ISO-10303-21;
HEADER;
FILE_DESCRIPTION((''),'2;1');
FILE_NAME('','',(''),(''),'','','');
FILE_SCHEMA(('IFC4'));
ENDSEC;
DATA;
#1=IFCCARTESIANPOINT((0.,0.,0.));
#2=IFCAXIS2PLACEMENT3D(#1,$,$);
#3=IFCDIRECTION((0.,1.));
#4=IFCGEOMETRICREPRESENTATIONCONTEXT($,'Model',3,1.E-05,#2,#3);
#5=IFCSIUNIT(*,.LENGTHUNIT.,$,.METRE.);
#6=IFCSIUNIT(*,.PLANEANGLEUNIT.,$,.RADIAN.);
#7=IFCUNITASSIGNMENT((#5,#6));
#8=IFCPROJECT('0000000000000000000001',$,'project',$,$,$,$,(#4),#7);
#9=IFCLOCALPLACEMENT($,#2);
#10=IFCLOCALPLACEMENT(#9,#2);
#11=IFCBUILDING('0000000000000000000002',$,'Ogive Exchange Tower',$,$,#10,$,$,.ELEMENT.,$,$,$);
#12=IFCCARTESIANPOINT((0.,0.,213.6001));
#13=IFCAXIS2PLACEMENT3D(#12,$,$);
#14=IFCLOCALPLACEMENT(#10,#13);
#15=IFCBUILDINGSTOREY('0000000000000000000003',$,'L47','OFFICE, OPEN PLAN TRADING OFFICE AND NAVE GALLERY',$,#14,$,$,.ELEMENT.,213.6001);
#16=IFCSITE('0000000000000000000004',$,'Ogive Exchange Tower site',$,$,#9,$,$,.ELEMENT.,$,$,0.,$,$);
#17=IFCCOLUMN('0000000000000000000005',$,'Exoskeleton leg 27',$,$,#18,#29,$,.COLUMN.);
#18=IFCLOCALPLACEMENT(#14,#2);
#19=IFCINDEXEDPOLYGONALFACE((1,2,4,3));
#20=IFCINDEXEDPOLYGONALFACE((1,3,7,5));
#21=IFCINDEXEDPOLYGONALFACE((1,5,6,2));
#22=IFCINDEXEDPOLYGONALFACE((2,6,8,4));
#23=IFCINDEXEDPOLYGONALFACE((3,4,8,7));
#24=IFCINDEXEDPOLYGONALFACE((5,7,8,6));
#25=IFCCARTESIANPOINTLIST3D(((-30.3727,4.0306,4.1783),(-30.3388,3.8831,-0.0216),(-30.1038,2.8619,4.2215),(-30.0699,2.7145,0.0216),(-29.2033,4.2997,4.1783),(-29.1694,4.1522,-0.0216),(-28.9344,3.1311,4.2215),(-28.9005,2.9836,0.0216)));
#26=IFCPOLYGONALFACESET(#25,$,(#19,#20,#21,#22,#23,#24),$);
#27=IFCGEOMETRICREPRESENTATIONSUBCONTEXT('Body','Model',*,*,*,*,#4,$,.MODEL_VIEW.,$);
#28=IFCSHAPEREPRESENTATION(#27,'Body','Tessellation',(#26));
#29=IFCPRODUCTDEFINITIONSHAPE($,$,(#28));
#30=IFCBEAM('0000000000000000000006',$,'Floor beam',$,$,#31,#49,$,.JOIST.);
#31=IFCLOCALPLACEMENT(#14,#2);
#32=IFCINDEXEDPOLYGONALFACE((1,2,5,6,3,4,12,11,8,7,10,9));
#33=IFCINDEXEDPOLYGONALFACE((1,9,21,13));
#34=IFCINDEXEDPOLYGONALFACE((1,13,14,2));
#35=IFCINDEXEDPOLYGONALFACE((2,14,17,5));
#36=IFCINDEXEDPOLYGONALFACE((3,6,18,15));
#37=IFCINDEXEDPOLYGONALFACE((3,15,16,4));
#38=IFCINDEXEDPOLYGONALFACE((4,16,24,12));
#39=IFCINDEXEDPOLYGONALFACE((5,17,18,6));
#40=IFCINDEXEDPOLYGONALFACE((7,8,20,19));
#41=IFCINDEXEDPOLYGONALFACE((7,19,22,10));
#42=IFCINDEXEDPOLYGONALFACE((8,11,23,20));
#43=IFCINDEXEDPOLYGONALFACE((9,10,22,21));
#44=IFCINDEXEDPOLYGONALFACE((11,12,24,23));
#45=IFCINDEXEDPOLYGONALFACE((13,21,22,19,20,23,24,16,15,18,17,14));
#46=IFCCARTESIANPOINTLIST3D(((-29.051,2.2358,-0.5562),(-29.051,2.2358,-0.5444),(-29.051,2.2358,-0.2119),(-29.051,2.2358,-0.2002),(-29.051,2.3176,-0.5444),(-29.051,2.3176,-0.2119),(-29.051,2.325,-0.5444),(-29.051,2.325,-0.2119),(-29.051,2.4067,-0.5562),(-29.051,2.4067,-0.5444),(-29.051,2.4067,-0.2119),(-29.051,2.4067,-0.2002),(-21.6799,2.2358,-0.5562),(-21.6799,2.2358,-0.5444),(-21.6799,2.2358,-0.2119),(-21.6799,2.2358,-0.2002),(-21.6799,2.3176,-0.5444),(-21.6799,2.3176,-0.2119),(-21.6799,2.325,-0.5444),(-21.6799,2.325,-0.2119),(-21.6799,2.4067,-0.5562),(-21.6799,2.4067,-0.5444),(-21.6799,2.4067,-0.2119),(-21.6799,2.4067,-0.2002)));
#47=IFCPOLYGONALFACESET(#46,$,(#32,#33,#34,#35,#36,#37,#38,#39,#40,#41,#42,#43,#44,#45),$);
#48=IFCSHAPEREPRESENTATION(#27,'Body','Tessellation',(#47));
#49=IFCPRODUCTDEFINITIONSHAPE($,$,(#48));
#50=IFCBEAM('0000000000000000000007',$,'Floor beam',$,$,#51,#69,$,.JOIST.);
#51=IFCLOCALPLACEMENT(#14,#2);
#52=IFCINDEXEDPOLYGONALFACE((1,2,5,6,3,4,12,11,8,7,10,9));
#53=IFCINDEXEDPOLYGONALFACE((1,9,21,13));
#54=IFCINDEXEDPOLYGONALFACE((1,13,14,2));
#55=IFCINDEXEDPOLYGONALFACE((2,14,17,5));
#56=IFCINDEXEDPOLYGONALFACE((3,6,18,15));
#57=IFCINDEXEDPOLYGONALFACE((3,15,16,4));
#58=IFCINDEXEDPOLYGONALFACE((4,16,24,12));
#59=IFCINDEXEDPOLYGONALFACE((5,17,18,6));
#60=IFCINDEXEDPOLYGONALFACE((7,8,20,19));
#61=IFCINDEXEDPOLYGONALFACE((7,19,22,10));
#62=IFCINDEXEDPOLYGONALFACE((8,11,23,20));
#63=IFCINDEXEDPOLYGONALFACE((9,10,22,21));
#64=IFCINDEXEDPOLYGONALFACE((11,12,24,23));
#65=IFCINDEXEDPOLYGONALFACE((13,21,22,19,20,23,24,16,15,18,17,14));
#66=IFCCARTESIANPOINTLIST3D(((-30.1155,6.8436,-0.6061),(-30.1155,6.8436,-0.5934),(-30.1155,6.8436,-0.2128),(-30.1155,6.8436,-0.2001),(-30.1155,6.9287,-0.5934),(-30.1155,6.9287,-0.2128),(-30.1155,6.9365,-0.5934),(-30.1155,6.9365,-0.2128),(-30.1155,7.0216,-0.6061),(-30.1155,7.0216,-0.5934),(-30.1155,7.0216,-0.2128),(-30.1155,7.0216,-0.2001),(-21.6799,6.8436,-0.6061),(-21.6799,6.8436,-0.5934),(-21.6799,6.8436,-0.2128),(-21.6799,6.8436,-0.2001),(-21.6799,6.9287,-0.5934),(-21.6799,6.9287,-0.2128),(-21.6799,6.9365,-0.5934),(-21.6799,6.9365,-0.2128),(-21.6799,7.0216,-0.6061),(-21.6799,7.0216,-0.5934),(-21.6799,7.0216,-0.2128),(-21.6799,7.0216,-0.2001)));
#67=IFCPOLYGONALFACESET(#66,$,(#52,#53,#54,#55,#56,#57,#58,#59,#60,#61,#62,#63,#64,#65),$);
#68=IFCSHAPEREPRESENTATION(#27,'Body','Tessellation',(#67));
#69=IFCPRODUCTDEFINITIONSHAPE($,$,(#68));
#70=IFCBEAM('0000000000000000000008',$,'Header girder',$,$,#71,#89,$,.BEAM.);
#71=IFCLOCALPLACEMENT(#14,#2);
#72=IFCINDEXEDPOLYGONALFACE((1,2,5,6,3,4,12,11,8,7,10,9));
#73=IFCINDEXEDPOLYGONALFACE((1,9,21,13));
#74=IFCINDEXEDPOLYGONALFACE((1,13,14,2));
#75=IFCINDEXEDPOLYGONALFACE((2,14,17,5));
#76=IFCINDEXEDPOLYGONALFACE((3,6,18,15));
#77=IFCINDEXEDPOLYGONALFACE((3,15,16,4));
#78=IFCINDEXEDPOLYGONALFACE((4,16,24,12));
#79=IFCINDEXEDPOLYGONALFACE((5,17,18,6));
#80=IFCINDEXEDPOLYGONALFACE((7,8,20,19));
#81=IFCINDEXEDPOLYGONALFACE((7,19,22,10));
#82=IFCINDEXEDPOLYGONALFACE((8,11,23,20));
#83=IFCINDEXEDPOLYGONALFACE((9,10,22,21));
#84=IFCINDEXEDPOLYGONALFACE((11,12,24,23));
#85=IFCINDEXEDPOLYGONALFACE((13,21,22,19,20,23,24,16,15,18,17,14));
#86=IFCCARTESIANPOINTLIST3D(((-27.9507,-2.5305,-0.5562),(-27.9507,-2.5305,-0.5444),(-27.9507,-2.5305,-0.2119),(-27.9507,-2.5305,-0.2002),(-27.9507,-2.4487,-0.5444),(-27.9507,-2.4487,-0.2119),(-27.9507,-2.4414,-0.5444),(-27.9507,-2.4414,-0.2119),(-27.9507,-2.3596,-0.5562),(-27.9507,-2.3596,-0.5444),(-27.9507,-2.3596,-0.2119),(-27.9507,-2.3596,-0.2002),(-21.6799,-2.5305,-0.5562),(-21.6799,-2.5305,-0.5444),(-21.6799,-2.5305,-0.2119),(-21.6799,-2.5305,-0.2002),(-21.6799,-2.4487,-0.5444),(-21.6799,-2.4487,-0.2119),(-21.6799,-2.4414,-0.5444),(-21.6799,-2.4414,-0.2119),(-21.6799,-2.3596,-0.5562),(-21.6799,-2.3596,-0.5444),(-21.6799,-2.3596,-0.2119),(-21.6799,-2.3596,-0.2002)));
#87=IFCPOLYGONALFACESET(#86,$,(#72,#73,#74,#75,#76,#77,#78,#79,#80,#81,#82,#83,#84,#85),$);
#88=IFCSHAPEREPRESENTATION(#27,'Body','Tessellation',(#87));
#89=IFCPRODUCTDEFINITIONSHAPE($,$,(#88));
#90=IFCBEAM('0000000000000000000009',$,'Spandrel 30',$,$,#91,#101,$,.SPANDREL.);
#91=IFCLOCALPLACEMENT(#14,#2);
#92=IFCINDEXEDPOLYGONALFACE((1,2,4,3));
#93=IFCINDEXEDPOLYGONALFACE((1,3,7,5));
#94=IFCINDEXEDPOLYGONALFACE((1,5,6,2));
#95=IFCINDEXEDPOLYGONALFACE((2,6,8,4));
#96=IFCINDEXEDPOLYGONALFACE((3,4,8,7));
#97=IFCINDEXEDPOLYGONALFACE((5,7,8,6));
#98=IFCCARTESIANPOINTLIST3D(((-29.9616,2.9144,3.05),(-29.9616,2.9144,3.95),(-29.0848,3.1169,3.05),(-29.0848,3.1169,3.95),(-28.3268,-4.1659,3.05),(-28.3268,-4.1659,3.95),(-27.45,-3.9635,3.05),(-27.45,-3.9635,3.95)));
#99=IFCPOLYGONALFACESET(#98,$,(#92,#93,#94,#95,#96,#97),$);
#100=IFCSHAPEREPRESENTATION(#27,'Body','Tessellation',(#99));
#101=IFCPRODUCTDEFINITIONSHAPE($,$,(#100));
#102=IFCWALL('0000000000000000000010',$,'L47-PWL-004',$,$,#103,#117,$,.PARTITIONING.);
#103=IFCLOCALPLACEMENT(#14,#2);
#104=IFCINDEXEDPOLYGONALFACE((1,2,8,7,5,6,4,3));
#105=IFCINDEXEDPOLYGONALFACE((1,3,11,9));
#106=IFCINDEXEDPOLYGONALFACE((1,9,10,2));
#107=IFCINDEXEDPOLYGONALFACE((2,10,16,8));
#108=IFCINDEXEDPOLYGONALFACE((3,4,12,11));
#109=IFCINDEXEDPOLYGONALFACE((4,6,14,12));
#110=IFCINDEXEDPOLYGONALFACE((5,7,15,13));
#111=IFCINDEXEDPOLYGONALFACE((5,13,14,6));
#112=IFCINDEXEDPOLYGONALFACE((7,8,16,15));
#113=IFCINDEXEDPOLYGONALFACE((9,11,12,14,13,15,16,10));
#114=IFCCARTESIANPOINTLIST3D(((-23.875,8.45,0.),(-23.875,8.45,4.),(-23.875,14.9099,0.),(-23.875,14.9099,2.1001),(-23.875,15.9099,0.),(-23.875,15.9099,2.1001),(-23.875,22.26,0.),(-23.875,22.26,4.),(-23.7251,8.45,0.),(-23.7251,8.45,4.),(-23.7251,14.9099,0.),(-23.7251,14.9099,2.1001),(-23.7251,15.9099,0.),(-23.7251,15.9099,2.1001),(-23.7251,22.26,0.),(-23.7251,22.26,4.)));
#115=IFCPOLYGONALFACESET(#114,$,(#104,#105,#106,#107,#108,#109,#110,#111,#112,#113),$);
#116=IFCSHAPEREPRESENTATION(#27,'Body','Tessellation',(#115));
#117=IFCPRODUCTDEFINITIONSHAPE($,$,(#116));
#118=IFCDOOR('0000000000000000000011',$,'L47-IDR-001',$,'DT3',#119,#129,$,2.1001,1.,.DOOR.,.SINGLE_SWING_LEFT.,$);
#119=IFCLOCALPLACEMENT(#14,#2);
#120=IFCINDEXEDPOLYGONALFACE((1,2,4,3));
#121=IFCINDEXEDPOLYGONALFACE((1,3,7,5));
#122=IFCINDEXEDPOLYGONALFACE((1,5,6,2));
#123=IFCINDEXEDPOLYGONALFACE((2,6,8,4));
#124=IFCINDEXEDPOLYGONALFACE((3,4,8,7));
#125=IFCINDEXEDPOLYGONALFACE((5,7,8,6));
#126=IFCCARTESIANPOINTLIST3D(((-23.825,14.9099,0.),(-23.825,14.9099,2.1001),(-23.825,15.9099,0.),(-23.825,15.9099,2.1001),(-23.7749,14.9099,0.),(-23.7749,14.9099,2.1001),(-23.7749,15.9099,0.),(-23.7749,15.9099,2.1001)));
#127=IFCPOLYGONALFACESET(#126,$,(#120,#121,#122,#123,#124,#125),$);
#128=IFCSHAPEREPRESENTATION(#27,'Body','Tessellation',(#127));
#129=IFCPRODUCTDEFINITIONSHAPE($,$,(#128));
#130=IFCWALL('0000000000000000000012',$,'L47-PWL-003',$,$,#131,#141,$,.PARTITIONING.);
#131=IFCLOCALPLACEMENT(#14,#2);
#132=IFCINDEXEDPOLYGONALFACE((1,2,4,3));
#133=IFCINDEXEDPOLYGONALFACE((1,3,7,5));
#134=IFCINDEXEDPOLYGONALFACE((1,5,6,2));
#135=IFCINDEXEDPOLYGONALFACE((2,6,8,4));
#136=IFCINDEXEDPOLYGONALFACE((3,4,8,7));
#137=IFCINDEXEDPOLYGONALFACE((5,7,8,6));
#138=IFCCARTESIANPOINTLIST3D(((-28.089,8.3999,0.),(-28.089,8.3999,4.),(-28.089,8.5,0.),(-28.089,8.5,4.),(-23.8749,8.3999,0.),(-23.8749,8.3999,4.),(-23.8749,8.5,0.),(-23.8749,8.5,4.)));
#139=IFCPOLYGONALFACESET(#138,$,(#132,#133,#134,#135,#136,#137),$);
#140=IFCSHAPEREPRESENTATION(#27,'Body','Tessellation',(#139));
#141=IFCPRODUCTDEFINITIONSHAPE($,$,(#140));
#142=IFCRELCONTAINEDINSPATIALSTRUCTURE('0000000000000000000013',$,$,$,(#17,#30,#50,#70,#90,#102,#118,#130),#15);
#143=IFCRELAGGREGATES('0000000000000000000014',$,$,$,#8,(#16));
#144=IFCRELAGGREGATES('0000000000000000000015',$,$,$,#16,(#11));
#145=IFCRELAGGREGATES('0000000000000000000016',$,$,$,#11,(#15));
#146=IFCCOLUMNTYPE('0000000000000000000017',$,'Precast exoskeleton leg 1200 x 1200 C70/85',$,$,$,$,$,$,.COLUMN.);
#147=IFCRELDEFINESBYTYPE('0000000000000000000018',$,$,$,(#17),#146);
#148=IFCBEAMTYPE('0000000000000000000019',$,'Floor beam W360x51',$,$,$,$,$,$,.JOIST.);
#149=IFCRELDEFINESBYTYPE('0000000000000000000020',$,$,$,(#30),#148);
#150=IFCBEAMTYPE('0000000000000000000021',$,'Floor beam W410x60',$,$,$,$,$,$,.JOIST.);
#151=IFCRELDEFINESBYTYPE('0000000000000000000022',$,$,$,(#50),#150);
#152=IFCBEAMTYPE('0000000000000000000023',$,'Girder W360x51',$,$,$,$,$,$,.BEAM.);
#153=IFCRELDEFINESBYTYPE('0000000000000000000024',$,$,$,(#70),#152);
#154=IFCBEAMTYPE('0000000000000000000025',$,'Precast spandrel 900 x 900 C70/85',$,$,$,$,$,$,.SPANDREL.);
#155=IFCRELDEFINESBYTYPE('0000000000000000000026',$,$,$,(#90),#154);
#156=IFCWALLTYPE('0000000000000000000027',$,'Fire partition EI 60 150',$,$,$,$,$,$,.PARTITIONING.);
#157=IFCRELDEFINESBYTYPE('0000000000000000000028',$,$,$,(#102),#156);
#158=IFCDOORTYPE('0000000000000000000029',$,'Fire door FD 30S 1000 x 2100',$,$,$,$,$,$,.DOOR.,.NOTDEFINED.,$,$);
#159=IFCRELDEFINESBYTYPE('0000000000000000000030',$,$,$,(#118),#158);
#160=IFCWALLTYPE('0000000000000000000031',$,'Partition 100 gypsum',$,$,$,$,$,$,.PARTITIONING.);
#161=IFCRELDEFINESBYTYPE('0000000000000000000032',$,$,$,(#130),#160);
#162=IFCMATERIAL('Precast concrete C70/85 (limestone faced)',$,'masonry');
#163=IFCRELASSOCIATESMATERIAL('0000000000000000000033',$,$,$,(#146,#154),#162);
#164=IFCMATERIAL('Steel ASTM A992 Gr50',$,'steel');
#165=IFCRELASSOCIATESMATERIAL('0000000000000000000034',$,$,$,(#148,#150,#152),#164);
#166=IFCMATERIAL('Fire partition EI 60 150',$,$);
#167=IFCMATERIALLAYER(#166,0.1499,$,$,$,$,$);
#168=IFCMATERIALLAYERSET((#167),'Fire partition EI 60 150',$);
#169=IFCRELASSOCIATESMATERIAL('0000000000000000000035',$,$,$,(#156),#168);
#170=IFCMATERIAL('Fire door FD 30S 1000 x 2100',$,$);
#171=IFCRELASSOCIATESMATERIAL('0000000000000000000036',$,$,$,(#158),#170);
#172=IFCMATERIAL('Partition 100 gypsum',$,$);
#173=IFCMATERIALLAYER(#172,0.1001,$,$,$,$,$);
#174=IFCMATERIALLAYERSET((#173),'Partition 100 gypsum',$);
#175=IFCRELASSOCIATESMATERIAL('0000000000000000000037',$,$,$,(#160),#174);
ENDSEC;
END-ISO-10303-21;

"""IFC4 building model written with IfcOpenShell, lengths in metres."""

from ifc_helpers import new_model, si_unit, direction, frame, frame_2d, origin, origin_2d, place, context, subcontext, project, spatial, rectangle, i_section, extrude, material, layer, layer_set, material_profile, profile_set, type_object, element, fill, save


model = new_model("IFC4")

# Units and contexts
model_context = context("Model", 3, precision=1e-05, world=origin(), true_north=direction((0.0, 1.0)))
body_context = subcontext(model_context, "Body", "Model", "MODEL_VIEW")
ifc_project = project(units=[si_unit("LENGTHUNIT", "METRE"), si_unit("PLANEANGLEUNIT", "RADIAN")], contexts=[model_context])

# Site, building, storey
site_placement = place(None, origin())
site = spatial("IfcSite", under=ifc_project, at=site_placement, Name="Ogive Exchange Tower site", CompositionType="ELEMENT", RefElevation=0.0)
building_placement = place(site_placement, origin())
building = spatial("IfcBuilding", under=site, at=building_placement, Name="Ogive Exchange Tower", CompositionType="ELEMENT")
storey_placement = place(building_placement, frame((0.0, 0.0, 213.6001)))
storey = spatial("IfcBuildingStorey", under=building, at=storey_placement, Name="L47", Description="OFFICE, OPEN PLAN TRADING OFFICE AND NAVE GALLERY", CompositionType="ELEMENT", Elevation=213.6001)

# Column
ifc_material_1 = material(Name="Precast concrete C70/85 (limestone faced)", Category="masonry")
ifc_material_profile_1 = material_profile(ifc_material_1, rectangle(XDim=1.2, YDim=1.2, at=origin_2d()), Name="1200 x 1200")
ifc_profile_set_1 = profile_set([ifc_material_profile_1], Name="Precast concrete C70/85 (limestone faced)")
column_type = type_object("IfcColumnType", Name="Precast exoskeleton leg 1200 x 1200 C70/85", PredefinedType="COLUMN", material=ifc_profile_set_1)
column_placement = place(storey_placement, frame((-29.6196, 3.4333, 0.0), z_axis=(-0.008075, 0.035087, 0.999352), x_axis=(-0.974527, -0.22427, 0.0)))
element("IfcColumn", 1, at=column_placement, inside=storey, type_object=column_type, Name="Exoskeleton leg 27", PredefinedType="COLUMN", context=body_context, shape_type="SweptSolid", body=[
    extrude(rectangle(XDim=1.2, YDim=1.2, at=origin_2d()), origin(), (0.0, 0.0, 1.0), 4.2026),
])

# Beams
ifc_material_2 = material(Name="Steel ASTM A992 Gr50", Category="steel")
ifc_material_profile_2 = material_profile(ifc_material_2, i_section(OverallWidth=0.1709, OverallDepth=0.356, WebThickness=0.0073, FlangeThickness=0.0117, at=origin_2d()), Name="W360x51")
ifc_profile_set_2 = profile_set([ifc_material_profile_2], Name="Steel ASTM A992 Gr50")
beam_type_1 = type_object("IfcBeamType", Name="Floor beam W360x51", PredefinedType="JOIST", material=ifc_profile_set_2)
beam_1_placement = place(storey_placement, frame((-29.051, 2.3213, -0.3782), z_axis=(1.0, 0.0, 0.0), x_axis=(0.0, 1.0, 0.0)))
element("IfcBeam", 2, at=beam_1_placement, inside=storey, type_object=beam_type_1, Name="Floor beam", PredefinedType="JOIST", context=body_context, shape_type="SweptSolid", body=[
    extrude(i_section(OverallWidth=0.1709, OverallDepth=0.356, WebThickness=0.0073, FlangeThickness=0.0117, at=origin_2d()), origin(), (0.0, 0.0, 1.0), 7.3711),
])
ifc_material_profile_3 = material_profile(ifc_material_2, i_section(OverallWidth=0.178, OverallDepth=0.406, WebThickness=0.0078, FlangeThickness=0.0127, at=origin_2d()), Name="W410x60")
ifc_profile_set_3 = profile_set([ifc_material_profile_3], Name="Steel ASTM A992 Gr50")
beam_type_2 = type_object("IfcBeamType", Name="Floor beam W410x60", PredefinedType="JOIST", material=ifc_profile_set_3)
beam_2_placement = place(storey_placement, frame((-30.1155, 6.9326, -0.4031), z_axis=(1.0, 0.0, 0.0), x_axis=(0.0, 1.0, 0.0)))
element("IfcBeam", 3, at=beam_2_placement, inside=storey, type_object=beam_type_2, Name="Floor beam", PredefinedType="JOIST", context=body_context, shape_type="SweptSolid", body=[
    extrude(i_section(OverallWidth=0.178, OverallDepth=0.406, WebThickness=0.0078, FlangeThickness=0.0127, at=origin_2d()), origin(), (0.0, 0.0, 1.0), 8.4355),
])
ifc_material_profile_4 = material_profile(ifc_material_2, i_section(OverallWidth=0.1709, OverallDepth=0.356, WebThickness=0.0073, FlangeThickness=0.0117, at=origin_2d()), Name="W360x51")
ifc_profile_set_4 = profile_set([ifc_material_profile_4], Name="Steel ASTM A992 Gr50")
beam_type_3 = type_object("IfcBeamType", Name="Girder W360x51", PredefinedType="BEAM", material=ifc_profile_set_4)
beam_3_placement = place(storey_placement, frame((-27.9507, -2.4451, -0.3782), z_axis=(1.0, 0.0, 0.0), x_axis=(0.0, 1.0, 0.0)))
element("IfcBeam", 4, at=beam_3_placement, inside=storey, type_object=beam_type_3, Name="Header girder", PredefinedType="BEAM", context=body_context, shape_type="SweptSolid", body=[
    extrude(i_section(OverallWidth=0.1709, OverallDepth=0.356, WebThickness=0.0073, FlangeThickness=0.0117, at=origin_2d()), origin(), (0.0, 0.0, 1.0), 6.2708),
])
ifc_material_profile_5 = material_profile(ifc_material_1, rectangle(XDim=0.8999, YDim=0.8999, at=origin_2d()), Name="900 x 900")
ifc_profile_set_5 = profile_set([ifc_material_profile_5], Name="Precast concrete C70/85 (limestone faced)")
beam_type_4 = type_object("IfcBeamType", Name="Precast spandrel 900 x 900 C70/85", PredefinedType="SPANDREL", material=ifc_profile_set_5)
beam_4_placement = place(storey_placement, frame((-29.5232, 3.0156, 3.5), z_axis=(0.22497, -0.974366, 0.0), x_axis=(0.974366, 0.22497, 0.0)))
element("IfcBeam", 5, at=beam_4_placement, inside=storey, type_object=beam_type_4, Name="Spandrel 30", PredefinedType="SPANDREL", context=body_context, shape_type="SweptSolid", body=[
    extrude(rectangle(XDim=0.8999, YDim=0.8999, at=origin_2d()), origin(), (0.0, 0.0, 1.0), 7.2666),
])

# Wall, opening, door
ifc_material_3 = material(Name="Fire partition EI 60 150")
ifc_layer_1 = layer(ifc_material_3, 0.1499)
ifc_layer_set_1 = layer_set([ifc_layer_1], Name="Fire partition EI 60 150")
wall_type_1 = type_object("IfcWallType", Name="Fire partition EI 60 150", PredefinedType="PARTITIONING", material=ifc_layer_set_1)
wall_1_placement = place(storey_placement, frame((-23.8, 8.45, 0.0), z_axis=(0.0, 0.0, 1.0), x_axis=(0.0, 1.0, 0.0)))
wall_1 = element("IfcWall", 6, at=wall_1_placement, inside=storey, type_object=wall_type_1, Name="L47-PWL-004", PredefinedType="PARTITIONING", context=body_context, shape_type="SweptSolid", body=[
    extrude(rectangle(XDim=13.8101, YDim=0.1499, at=frame_2d((6.905, 0.0))), origin(), (0.0, 0.0, 1.0), 4.0),
])
opening_1_placement = place(wall_1_placement, frame((6.46, 0.0, 0.0)))
opening_1 = element("IfcOpeningElement", 7, at=opening_1_placement, cuts=wall_1, PredefinedType="OPENING", context=body_context, shape_type="SweptSolid", body=[
    extrude(rectangle(XDim=1.0, YDim=2.1001, at=frame_2d((0.5, 1.05))), frame((0.0, 0.085, 0.0), z_axis=(0.0, -1.0, 0.0), x_axis=(1.0, 0.0, 0.0)), (0.0, 0.0, 1.0), 0.1699),
])
ifc_material_4 = material(Name="Fire door FD 30S 1000 x 2100")
door_type_1 = type_object("IfcDoorType", Name="Fire door FD 30S 1000 x 2100", OperationType="NOTDEFINED", PredefinedType="DOOR", material=ifc_material_4)
door_1_placement = place(opening_1_placement, origin())
door_1 = element("IfcDoor", 8, at=door_1_placement, inside=storey, type_object=door_type_1, Name="L47-IDR-001", ObjectType="DT3", OperationType="SINGLE_SWING_LEFT", OverallHeight=2.1001, OverallWidth=1.0, PredefinedType="DOOR", context=body_context, shape_type="SweptSolid", body=[
    extrude(rectangle(XDim=1.0, YDim=2.1001, at=frame_2d((0.5, 1.05))), frame((0.0, 0.0249, 0.0), z_axis=(0.0, -1.0, 0.0), x_axis=(1.0, 0.0, 0.0)), (0.0, 0.0, 1.0), 0.05),
])
fill(opening_1, door_1)

# Wall
ifc_material_5 = material(Name="Partition 100 gypsum")
ifc_layer_2 = layer(ifc_material_5, 0.1001)
ifc_layer_set_2 = layer_set([ifc_layer_2], Name="Partition 100 gypsum")
wall_type_2 = type_object("IfcWallType", Name="Partition 100 gypsum", PredefinedType="PARTITIONING", material=ifc_layer_set_2)
wall_2_placement = place(storey_placement, frame((-23.875, 8.45, 0.0), z_axis=(0.0, 0.0, 1.0), x_axis=(-1.0, 0.0, 0.0)))
element("IfcWall", 9, at=wall_2_placement, inside=storey, type_object=wall_type_2, Name="L47-PWL-003", PredefinedType="PARTITIONING", context=body_context, shape_type="SweptSolid", body=[
    extrude(rectangle(XDim=4.2141, YDim=0.1001, at=frame_2d((2.1069, 0.0))), origin(), (0.0, 0.0, 1.0), 4.0),
])

save(model, "model.ifc")
